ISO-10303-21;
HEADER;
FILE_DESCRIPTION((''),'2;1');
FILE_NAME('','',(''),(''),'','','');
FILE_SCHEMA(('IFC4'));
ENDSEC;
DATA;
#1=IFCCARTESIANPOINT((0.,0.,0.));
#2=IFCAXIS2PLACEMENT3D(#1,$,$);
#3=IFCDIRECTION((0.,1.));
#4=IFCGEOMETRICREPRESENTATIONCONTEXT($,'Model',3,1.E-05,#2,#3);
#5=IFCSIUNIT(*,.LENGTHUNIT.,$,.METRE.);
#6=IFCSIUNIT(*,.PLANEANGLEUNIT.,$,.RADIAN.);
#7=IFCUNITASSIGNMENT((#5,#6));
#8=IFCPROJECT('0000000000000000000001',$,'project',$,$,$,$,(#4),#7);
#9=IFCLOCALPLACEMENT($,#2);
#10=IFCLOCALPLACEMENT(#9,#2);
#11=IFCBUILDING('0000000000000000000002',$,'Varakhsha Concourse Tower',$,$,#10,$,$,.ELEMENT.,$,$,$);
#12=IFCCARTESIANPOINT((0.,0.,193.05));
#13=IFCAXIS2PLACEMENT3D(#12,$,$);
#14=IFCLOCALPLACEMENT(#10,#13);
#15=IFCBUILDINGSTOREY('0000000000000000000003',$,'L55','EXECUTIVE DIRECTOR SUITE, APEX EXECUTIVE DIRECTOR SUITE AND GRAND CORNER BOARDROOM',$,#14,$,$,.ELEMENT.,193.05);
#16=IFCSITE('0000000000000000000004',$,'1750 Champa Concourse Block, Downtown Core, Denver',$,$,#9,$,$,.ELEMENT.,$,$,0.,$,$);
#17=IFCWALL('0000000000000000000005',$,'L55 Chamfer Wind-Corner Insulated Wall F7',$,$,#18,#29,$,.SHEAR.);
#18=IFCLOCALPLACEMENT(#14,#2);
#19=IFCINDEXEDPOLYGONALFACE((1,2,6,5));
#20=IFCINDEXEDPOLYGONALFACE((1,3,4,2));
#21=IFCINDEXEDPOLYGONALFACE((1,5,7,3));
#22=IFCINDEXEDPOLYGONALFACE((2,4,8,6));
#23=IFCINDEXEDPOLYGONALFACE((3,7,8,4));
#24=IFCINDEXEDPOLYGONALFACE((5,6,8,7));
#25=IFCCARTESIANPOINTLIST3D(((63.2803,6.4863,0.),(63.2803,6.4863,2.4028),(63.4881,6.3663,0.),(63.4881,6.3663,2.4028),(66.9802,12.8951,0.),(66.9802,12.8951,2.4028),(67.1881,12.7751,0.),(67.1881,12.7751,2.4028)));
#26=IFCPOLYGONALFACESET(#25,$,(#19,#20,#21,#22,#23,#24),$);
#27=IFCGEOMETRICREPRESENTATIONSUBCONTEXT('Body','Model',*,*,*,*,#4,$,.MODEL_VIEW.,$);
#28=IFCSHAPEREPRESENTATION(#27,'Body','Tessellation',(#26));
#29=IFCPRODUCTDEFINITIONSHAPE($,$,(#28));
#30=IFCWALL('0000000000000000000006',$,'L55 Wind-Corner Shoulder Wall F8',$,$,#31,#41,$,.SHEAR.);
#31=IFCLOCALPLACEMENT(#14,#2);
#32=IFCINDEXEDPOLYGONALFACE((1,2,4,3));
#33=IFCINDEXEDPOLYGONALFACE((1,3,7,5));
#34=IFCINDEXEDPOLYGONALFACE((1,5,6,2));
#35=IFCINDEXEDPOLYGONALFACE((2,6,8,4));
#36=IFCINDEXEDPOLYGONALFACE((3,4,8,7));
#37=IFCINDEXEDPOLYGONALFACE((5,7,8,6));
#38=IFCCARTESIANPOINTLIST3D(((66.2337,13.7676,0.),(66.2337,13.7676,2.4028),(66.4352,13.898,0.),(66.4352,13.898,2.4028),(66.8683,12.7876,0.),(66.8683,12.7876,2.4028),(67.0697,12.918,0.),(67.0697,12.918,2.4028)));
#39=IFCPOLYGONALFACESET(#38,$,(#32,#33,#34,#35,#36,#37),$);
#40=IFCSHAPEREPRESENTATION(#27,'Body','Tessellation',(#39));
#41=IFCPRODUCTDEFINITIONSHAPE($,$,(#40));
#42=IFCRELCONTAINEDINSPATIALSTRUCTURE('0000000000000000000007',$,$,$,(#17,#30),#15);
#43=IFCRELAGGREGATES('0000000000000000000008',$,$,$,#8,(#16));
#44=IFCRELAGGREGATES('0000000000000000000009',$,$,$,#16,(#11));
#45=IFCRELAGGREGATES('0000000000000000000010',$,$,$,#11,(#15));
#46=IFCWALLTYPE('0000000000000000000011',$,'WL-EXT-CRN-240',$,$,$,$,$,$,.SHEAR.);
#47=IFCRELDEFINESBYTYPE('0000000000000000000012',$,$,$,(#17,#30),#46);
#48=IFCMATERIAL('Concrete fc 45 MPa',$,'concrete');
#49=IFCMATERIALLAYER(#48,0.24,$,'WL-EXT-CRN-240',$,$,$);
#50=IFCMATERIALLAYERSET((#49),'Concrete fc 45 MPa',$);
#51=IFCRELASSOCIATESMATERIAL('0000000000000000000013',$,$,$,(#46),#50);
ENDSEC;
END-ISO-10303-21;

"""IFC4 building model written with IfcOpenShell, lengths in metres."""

from ifc_helpers import new_model, si_unit, direction, frame, frame_2d, origin, place, context, subcontext, project, spatial, rectangle, extrude, material, layer, layer_set, type_object, element, save


model = new_model("IFC4")

# Units and contexts
model_context = context("Model", 3, precision=1e-05, world=origin(), true_north=direction((0.0, 1.0)))
body_context = subcontext(model_context, "Body", "Model", "MODEL_VIEW")
ifc_project = project(units=[si_unit("LENGTHUNIT", "METRE"), si_unit("PLANEANGLEUNIT", "RADIAN")], contexts=[model_context])

# Site, building, storey
site_placement = place(None, origin())
site = spatial("IfcSite", under=ifc_project, at=site_placement, Name="1750 Champa Concourse Block, Downtown Core, Denver", CompositionType="ELEMENT", RefElevation=0.0)
building_placement = place(site_placement, origin())
building = spatial("IfcBuilding", under=site, at=building_placement, Name="Varakhsha Concourse Tower", CompositionType="ELEMENT")
storey_placement = place(building_placement, frame((0.0, 0.0, 193.05)))
storey = spatial("IfcBuildingStorey", under=building, at=storey_placement, Name="L55", Description="EXECUTIVE DIRECTOR SUITE, APEX EXECUTIVE DIRECTOR SUITE AND GRAND CORNER BOARDROOM", CompositionType="ELEMENT", Elevation=193.05)

# Walls
ifc_material_1 = material(Name="Concrete fc 45 MPa", Category="concrete")
ifc_layer_1 = layer(ifc_material_1, 0.24, Name="WL-EXT-CRN-240")
ifc_layer_set_1 = layer_set([ifc_layer_1], Name="Concrete fc 45 MPa")
wall_type = type_object("IfcWallType", Name="WL-EXT-CRN-240", PredefinedType="SHEAR", material=ifc_layer_set_1)
wall_1_placement = place(storey_placement, frame((67.0842, 12.8352, 0.0), z_axis=(0.0, 0.0, 1.0), x_axis=(-0.499989, -0.866032, 0.0)))
element("IfcWall", 1, at=wall_1_placement, inside=storey, type_object=wall_type, Name="L55 Chamfer Wind-Corner Insulated Wall F7", PredefinedType="SHEAR", context=body_context, shape_type="SweptSolid", body=[
    extrude(rectangle(XDim=7.4001, YDim=0.24, at=frame_2d((3.7002, 0.0))), origin(), (0.0, 0.0, 1.0), 2.4028),
])
wall_2_placement = place(storey_placement, frame((66.969, 12.8528, 0.0), z_axis=(0.0, 0.0, 1.0), x_axis=(-0.543503, 0.839407, 0.0)))
element("IfcWall", 2, at=wall_2_placement, inside=storey, type_object=wall_type, Name="L55 Wind-Corner Shoulder Wall F8", PredefinedType="SHEAR", context=body_context, shape_type="SweptSolid", body=[
    extrude(rectangle(XDim=1.1675, YDim=0.24, at=frame_2d((0.5837, 0.0))), origin(), (0.0, 0.0, 1.0), 2.4028),
])

save(model, "model.ifc")
